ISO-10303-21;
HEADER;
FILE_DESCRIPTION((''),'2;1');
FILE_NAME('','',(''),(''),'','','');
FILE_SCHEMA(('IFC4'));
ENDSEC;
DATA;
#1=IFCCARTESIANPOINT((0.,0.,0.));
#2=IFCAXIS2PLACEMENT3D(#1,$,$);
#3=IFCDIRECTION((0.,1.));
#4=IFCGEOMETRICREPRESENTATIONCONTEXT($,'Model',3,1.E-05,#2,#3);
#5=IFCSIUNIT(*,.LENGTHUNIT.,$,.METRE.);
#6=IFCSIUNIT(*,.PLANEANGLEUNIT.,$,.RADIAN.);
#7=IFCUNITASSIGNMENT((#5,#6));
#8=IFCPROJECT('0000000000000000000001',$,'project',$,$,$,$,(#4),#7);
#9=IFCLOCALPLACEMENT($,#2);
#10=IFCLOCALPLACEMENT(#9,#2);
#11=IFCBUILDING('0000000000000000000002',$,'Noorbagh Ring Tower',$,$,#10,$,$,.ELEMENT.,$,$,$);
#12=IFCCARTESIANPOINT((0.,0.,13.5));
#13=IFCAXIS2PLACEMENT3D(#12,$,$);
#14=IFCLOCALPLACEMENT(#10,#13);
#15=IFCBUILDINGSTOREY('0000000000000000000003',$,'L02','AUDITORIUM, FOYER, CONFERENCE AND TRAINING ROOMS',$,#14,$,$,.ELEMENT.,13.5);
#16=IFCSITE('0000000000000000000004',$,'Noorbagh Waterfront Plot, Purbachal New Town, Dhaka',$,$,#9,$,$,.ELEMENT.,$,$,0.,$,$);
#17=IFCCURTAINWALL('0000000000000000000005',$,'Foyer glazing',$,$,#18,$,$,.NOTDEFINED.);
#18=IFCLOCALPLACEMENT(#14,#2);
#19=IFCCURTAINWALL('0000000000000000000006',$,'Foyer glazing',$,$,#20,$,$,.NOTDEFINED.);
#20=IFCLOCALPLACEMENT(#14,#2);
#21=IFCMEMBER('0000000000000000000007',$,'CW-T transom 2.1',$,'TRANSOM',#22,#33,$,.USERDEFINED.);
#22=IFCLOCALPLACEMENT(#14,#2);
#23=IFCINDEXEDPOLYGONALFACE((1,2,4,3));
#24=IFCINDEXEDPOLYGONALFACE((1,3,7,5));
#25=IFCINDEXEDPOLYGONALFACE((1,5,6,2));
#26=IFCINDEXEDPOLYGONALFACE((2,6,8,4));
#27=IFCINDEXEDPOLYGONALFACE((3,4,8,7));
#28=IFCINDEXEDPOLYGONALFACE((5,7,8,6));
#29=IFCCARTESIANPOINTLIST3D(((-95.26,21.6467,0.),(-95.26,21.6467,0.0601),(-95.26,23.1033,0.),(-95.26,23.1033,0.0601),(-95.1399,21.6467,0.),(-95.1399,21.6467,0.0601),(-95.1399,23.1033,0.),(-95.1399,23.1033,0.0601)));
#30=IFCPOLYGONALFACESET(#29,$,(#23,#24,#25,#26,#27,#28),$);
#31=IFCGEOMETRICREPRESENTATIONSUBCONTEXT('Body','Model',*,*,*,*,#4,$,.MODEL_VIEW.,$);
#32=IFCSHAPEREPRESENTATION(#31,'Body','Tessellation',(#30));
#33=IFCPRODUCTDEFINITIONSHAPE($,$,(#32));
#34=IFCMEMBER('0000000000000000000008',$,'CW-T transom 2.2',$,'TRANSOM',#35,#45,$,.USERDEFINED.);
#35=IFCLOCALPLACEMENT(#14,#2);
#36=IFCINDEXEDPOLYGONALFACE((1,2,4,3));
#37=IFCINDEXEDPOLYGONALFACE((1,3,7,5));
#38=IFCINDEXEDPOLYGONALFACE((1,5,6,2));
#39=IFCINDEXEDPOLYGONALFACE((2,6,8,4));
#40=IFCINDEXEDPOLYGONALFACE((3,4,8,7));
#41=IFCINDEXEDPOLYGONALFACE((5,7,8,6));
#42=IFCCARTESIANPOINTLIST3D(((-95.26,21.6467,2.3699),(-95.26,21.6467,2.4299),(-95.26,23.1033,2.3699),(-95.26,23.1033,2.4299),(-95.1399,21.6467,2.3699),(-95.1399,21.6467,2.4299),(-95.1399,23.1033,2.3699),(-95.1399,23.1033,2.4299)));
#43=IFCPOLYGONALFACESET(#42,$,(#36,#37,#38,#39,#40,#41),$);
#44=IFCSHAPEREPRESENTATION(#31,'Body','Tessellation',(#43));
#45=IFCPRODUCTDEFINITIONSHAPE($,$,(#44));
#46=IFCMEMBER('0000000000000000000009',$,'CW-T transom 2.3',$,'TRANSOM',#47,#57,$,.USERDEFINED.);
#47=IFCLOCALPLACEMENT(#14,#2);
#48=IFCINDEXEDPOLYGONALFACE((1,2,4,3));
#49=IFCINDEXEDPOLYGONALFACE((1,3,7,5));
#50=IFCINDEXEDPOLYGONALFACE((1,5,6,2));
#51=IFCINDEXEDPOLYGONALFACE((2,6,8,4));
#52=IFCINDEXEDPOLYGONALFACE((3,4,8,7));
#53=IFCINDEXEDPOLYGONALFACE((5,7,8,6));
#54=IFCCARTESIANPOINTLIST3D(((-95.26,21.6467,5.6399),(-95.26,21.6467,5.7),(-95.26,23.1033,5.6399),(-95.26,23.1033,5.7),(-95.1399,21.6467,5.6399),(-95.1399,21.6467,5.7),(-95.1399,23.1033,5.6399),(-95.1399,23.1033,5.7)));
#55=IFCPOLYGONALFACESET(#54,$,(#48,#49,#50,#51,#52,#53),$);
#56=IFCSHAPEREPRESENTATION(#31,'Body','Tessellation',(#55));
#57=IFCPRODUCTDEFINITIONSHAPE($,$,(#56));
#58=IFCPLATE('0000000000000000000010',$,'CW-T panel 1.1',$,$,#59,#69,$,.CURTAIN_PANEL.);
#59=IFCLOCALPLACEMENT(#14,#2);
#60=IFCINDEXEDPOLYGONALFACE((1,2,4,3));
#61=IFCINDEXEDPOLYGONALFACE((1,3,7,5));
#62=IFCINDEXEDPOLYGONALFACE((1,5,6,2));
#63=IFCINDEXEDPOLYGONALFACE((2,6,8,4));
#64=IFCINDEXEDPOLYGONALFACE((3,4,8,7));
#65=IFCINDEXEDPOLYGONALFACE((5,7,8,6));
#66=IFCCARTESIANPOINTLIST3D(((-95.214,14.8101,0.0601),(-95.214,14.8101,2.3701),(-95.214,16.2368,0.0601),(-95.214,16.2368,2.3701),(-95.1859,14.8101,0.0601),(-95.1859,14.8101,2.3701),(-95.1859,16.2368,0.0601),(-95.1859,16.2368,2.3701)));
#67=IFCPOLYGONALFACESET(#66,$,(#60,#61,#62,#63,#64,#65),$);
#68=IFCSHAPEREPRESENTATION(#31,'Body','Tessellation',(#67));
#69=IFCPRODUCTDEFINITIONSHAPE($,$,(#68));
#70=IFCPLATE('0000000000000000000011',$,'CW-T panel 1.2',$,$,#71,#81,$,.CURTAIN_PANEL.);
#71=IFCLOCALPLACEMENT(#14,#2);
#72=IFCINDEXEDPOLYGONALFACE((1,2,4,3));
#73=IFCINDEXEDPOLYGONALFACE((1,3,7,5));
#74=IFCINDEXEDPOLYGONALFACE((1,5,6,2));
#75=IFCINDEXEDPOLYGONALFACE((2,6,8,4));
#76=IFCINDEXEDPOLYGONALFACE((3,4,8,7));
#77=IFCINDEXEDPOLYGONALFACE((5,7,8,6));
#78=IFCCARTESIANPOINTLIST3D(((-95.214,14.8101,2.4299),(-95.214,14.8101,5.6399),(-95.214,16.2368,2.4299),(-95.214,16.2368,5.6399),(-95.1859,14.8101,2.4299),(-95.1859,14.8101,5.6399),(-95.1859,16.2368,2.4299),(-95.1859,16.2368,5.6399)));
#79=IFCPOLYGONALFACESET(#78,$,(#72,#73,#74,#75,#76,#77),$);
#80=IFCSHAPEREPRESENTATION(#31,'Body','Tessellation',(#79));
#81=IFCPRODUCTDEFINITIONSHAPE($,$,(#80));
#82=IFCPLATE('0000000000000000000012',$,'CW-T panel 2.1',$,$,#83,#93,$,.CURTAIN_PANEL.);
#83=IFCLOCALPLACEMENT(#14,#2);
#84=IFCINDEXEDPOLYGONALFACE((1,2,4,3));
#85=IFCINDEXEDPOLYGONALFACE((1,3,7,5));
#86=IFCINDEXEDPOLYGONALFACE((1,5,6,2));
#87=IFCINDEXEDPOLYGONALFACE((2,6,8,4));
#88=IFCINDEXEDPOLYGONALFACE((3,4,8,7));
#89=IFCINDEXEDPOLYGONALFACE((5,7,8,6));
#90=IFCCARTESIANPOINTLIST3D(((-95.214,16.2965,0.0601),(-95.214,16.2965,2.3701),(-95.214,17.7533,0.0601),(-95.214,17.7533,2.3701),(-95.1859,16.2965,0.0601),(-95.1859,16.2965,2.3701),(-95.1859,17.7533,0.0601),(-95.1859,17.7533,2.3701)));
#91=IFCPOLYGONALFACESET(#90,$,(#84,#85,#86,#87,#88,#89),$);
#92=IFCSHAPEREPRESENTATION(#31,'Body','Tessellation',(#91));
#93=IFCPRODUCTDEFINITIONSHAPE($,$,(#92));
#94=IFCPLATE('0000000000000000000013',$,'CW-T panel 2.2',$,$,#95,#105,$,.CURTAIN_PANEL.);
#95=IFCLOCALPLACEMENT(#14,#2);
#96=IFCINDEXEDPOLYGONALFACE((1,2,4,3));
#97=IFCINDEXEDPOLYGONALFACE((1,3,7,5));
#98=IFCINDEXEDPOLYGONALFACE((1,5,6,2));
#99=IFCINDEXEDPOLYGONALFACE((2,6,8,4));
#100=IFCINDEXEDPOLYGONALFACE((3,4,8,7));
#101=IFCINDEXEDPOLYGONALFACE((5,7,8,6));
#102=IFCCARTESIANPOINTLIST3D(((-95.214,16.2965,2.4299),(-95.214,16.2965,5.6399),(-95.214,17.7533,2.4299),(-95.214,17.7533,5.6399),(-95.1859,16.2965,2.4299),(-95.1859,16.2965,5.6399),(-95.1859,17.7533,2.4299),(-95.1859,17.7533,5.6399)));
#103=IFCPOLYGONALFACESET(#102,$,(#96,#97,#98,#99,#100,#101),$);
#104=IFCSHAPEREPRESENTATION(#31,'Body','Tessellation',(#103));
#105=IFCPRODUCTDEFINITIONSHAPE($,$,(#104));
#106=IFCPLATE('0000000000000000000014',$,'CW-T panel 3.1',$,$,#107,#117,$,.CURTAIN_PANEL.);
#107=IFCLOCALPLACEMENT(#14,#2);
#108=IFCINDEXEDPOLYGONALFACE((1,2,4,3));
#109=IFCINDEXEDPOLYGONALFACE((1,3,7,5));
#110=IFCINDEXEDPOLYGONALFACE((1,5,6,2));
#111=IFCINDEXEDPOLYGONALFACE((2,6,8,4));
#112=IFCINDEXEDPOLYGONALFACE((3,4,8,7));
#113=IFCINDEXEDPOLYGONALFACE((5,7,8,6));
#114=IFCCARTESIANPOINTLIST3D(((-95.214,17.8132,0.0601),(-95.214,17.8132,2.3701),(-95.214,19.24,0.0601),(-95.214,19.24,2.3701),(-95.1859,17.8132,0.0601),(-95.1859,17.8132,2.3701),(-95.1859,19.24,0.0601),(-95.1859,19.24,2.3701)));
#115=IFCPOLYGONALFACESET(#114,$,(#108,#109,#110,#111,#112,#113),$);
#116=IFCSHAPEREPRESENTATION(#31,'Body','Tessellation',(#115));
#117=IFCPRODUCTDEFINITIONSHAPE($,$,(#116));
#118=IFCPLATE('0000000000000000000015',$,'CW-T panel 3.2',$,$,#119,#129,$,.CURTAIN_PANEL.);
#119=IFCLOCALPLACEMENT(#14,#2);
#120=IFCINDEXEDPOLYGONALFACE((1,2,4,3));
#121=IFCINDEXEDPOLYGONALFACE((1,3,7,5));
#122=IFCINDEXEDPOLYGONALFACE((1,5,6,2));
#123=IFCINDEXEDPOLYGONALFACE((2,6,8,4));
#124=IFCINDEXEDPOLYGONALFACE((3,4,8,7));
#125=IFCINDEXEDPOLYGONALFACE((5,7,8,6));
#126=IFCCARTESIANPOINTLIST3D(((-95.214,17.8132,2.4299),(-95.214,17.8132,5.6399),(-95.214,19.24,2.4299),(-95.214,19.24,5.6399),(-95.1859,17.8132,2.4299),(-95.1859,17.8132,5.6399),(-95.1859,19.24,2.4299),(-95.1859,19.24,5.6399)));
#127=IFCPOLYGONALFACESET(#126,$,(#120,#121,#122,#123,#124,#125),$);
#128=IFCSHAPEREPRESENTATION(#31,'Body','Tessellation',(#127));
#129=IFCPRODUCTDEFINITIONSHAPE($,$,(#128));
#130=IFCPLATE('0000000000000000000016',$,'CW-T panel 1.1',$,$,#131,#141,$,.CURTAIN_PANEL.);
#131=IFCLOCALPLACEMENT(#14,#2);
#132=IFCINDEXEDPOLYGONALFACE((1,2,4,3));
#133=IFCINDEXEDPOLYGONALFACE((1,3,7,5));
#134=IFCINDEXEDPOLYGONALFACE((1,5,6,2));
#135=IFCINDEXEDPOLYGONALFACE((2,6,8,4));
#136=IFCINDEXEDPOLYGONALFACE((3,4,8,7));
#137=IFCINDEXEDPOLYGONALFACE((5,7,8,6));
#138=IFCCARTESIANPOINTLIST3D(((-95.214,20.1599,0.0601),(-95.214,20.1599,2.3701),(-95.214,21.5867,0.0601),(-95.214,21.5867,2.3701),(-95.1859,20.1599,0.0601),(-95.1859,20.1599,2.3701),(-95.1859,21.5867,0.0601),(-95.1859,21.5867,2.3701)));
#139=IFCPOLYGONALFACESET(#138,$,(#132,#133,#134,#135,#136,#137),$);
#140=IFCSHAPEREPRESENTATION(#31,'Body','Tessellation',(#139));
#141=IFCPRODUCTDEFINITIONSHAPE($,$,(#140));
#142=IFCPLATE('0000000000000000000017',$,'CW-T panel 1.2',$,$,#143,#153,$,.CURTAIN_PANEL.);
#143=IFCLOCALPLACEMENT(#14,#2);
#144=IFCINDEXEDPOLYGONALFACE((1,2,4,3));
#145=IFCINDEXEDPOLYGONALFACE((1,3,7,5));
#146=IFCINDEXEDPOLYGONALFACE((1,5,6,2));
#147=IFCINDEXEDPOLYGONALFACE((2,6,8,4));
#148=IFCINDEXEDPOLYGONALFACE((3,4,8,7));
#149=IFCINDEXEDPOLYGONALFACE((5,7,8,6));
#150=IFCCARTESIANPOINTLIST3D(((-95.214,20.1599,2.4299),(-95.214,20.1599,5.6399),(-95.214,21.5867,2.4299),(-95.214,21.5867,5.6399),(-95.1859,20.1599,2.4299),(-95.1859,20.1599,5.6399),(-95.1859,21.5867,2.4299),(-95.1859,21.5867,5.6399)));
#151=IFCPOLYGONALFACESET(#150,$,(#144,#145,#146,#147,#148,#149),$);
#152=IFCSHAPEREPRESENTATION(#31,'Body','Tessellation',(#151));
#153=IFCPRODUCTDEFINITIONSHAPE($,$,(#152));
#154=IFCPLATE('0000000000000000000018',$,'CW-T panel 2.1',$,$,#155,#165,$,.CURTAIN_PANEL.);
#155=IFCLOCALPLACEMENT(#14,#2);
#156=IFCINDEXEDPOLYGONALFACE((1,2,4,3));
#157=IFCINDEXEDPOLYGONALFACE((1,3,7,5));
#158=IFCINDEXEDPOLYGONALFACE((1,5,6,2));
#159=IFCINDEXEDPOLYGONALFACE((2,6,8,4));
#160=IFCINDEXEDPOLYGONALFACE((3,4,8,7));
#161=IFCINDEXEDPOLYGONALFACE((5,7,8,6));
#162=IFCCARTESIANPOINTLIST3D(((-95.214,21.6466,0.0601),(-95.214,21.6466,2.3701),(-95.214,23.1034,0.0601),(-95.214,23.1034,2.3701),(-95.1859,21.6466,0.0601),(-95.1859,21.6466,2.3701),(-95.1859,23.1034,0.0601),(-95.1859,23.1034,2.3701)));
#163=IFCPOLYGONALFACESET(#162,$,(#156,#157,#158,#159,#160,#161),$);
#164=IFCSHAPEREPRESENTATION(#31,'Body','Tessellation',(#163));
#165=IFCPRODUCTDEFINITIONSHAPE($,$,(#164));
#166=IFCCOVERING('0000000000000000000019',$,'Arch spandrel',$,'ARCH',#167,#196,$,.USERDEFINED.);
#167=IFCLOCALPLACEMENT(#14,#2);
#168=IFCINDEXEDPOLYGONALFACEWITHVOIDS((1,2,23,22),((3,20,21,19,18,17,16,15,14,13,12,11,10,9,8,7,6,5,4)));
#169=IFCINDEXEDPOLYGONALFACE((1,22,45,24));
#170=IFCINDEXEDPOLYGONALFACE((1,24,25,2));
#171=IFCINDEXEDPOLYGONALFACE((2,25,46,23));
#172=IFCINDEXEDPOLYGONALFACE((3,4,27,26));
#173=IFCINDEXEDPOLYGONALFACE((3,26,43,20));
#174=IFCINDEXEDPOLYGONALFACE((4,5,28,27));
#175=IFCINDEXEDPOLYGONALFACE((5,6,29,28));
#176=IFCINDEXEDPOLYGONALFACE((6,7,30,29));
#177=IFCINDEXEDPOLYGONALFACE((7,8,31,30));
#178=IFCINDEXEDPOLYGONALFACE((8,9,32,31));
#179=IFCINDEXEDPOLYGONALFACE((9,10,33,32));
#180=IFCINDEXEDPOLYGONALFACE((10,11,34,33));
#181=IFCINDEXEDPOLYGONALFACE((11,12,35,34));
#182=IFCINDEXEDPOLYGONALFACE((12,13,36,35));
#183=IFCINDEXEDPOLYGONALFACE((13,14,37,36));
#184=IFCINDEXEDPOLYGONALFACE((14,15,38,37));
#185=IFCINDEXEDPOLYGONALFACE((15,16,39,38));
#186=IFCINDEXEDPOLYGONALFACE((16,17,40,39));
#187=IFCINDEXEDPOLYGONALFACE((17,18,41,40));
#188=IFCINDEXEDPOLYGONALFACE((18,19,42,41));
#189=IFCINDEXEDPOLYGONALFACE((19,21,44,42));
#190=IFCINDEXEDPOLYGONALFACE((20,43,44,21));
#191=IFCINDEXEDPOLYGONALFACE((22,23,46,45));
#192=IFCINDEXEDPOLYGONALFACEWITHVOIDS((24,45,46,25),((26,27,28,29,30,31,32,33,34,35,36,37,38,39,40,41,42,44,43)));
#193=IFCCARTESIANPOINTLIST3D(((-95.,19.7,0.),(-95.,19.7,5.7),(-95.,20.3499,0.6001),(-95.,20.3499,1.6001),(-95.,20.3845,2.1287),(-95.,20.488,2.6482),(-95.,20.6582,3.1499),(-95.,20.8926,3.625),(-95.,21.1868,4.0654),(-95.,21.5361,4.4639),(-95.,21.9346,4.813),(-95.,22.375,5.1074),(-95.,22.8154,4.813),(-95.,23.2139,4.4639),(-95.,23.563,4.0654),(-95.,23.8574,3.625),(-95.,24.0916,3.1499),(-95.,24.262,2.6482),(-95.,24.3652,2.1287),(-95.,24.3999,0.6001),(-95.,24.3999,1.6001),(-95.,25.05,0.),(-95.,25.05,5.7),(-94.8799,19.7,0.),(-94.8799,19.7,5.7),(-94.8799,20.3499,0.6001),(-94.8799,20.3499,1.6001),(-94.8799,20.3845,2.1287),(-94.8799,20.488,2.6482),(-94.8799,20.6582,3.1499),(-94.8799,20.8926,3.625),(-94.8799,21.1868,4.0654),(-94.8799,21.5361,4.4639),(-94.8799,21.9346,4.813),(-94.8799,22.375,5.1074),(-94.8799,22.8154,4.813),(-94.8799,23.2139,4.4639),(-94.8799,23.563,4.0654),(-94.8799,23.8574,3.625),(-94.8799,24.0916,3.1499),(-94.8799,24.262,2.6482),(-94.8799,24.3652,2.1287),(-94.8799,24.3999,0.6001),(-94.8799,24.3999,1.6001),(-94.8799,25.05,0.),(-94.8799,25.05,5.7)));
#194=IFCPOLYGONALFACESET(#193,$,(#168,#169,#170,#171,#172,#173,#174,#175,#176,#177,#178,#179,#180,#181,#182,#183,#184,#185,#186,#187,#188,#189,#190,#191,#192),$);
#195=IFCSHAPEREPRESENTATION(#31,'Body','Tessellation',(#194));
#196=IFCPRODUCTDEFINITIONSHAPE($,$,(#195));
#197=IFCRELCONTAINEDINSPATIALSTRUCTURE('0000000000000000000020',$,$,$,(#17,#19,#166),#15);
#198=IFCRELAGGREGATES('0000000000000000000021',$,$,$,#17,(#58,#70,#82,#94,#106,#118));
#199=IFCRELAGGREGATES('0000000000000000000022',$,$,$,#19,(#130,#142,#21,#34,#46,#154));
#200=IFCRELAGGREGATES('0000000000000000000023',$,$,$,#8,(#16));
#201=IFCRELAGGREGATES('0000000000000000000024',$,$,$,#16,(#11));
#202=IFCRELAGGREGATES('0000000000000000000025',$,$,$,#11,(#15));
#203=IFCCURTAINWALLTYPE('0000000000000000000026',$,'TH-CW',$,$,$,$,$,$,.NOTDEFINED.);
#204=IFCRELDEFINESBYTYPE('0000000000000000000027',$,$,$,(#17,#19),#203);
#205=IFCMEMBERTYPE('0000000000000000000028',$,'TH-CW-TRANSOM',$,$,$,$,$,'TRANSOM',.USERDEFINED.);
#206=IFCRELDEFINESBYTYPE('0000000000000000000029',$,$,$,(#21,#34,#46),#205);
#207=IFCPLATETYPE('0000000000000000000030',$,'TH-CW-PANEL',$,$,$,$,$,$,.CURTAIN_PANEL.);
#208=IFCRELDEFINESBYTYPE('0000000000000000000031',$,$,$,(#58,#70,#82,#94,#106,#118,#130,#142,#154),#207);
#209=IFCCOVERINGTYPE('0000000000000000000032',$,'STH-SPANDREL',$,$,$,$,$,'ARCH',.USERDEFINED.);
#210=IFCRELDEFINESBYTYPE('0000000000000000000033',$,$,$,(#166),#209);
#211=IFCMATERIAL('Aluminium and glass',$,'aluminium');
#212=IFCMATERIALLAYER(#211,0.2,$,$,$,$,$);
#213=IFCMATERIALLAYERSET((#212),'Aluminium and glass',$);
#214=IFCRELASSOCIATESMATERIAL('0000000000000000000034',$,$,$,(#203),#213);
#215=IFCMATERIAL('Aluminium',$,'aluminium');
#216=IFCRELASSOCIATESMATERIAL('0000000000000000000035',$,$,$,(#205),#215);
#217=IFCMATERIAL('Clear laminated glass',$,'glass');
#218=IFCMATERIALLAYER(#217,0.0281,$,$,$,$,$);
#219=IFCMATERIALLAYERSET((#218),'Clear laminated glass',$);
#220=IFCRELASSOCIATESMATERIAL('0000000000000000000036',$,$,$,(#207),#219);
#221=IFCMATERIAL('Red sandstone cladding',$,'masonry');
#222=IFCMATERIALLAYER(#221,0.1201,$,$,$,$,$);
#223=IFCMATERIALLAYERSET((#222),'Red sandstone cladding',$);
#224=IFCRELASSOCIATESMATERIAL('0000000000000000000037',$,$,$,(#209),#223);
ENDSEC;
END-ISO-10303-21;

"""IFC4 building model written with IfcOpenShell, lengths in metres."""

from ifc_helpers import new_model, si_unit, direction, frame, origin, origin_2d, place, context, subcontext, project, spatial, polyline, rectangle, outline, extrude, material, layer, layer_set, material_profile, profile_set, type_object, element, aggregate, save


model = new_model("IFC4")

# Units and contexts
model_context = context("Model", 3, precision=1e-05, world=origin(), true_north=direction((0.0, 1.0)))
body_context = subcontext(model_context, "Body", "Model", "MODEL_VIEW")
ifc_project = project(units=[si_unit("LENGTHUNIT", "METRE"), si_unit("PLANEANGLEUNIT", "RADIAN")], contexts=[model_context])

# Site, building, storey
site_placement = place(None, origin())
site = spatial("IfcSite", under=ifc_project, at=site_placement, Name="Noorbagh Waterfront Plot, Purbachal New Town, Dhaka", CompositionType="ELEMENT", RefElevation=0.0)
building_placement = place(site_placement, origin())
building = spatial("IfcBuilding", under=site, at=building_placement, Name="Noorbagh Ring Tower", CompositionType="ELEMENT")
storey_placement = place(building_placement, frame((0.0, 0.0, 13.5)))
storey = spatial("IfcBuildingStorey", under=building, at=storey_placement, Name="L02", Description="AUDITORIUM, FOYER, CONFERENCE AND TRAINING ROOMS", CompositionType="ELEMENT", Elevation=13.5)

# Curtain walls
ifc_material_1 = material(Name="Aluminium and glass", Category="aluminium")
ifc_layer_1 = layer(ifc_material_1, 0.2)
ifc_layer_set_1 = layer_set([ifc_layer_1], Name="Aluminium and glass")
curtain_wall_type = type_object("IfcCurtainWallType", Name="TH-CW", PredefinedType="NOTDEFINED", material=ifc_layer_set_1)
curtain_wall_1_placement = place(storey_placement, origin())
curtain_wall_1 = element("IfcCurtainWall", 1, at=curtain_wall_1_placement, inside=storey, type_object=curtain_wall_type, Name="Foyer glazing", PredefinedType="NOTDEFINED")
curtain_wall_2_placement = place(storey_placement, origin())
curtain_wall_2 = element("IfcCurtainWall", 2, at=curtain_wall_2_placement, inside=storey, type_object=curtain_wall_type, Name="Foyer glazing", PredefinedType="NOTDEFINED")

# Members
ifc_material_2 = material(Name="Aluminium", Category="aluminium")
ifc_material_profile_1 = material_profile(ifc_material_2, rectangle(XDim=0.1201, YDim=0.0601, at=origin_2d()), Name="AL 120x60")
ifc_profile_set_1 = profile_set([ifc_material_profile_1], Name="Aluminium")
member_type_1 = type_object("IfcMemberType", Name="TH-CW-TRANSOM", ElementType="TRANSOM", PredefinedType="USERDEFINED", material=ifc_profile_set_1)
member_1_placement = place(storey_placement, frame((-95.2, 21.6467, 0.03), z_axis=(0.0, 1.0, 0.0), x_axis=(-1.0, 0.0, 0.0)))
member_1 = element("IfcMember", 3, at=member_1_placement, type_object=member_type_1, Name="CW-T transom 2.1", ObjectType="TRANSOM", PredefinedType="USERDEFINED", context=body_context, shape_type="SweptSolid", body=[
    extrude(rectangle(XDim=0.1201, YDim=0.0601, at=origin_2d()), origin(), (0.0, 0.0, 1.0), 1.4565),
])
member_2_placement = place(storey_placement, frame((-95.2, 21.6467, 2.3999), z_axis=(0.0, 1.0, 0.0), x_axis=(-1.0, 0.0, 0.0)))
member_2 = element("IfcMember", 4, at=member_2_placement, type_object=member_type_1, Name="CW-T transom 2.2", ObjectType="TRANSOM", PredefinedType="USERDEFINED", context=body_context, shape_type="SweptSolid", body=[
    extrude(rectangle(XDim=0.1201, YDim=0.0601, at=origin_2d()), origin(), (0.0, 0.0, 1.0), 1.4565),
])
member_3_placement = place(storey_placement, frame((-95.2, 21.6467, 5.6699), z_axis=(0.0, 1.0, 0.0), x_axis=(-1.0, 0.0, 0.0)))
member_3 = element("IfcMember", 5, at=member_3_placement, type_object=member_type_1, Name="CW-T transom 2.3", ObjectType="TRANSOM", PredefinedType="USERDEFINED", context=body_context, shape_type="SweptSolid", body=[
    extrude(rectangle(XDim=0.1201, YDim=0.0601, at=origin_2d()), origin(), (0.0, 0.0, 1.0), 1.4565),
])

# Plates
ifc_material_3 = material(Name="Clear laminated glass", Category="glass")
ifc_layer_2 = layer(ifc_material_3, 0.0281)
ifc_layer_set_2 = layer_set([ifc_layer_2], Name="Clear laminated glass")
plate_type = type_object("IfcPlateType", Name="TH-CW-PANEL", PredefinedType="CURTAIN_PANEL", material=ifc_layer_set_2)
plate_1_placement = place(storey_placement, frame((-95.2, 15.5234, 0.0601), z_axis=(0.0, 0.0, 1.0), x_axis=(0.0, 1.0, 0.0)))
plate_1 = element("IfcPlate", 6, at=plate_1_placement, type_object=plate_type, Name="CW-T panel 1.1", PredefinedType="CURTAIN_PANEL", context=body_context, shape_type="SweptSolid", body=[
    extrude(rectangle(XDim=1.4268, YDim=0.0281, at=origin_2d()), origin(), (0.0, 0.0, 1.0), 2.3101),
])
plate_2_placement = place(storey_placement, frame((-95.2, 15.5234, 2.4299), z_axis=(0.0, 0.0, 1.0), x_axis=(0.0, 1.0, 0.0)))
plate_2 = element("IfcPlate", 7, at=plate_2_placement, type_object=plate_type, Name="CW-T panel 1.2", PredefinedType="CURTAIN_PANEL", context=body_context, shape_type="SweptSolid", body=[
    extrude(rectangle(XDim=1.4268, YDim=0.0281, at=origin_2d()), origin(), (0.0, 0.0, 1.0), 3.21),
])
plate_3_placement = place(storey_placement, frame((-95.2, 17.0249, 0.0601), z_axis=(0.0, 0.0, 1.0), x_axis=(0.0, 1.0, 0.0)))
plate_3 = element("IfcPlate", 8, at=plate_3_placement, type_object=plate_type, Name="CW-T panel 2.1", PredefinedType="CURTAIN_PANEL", context=body_context, shape_type="SweptSolid", body=[
    extrude(rectangle(XDim=1.4568, YDim=0.0281, at=origin_2d()), origin(), (0.0, 0.0, 1.0), 2.3101),
])
plate_4_placement = place(storey_placement, frame((-95.2, 17.0249, 2.4299), z_axis=(0.0, 0.0, 1.0), x_axis=(0.0, 1.0, 0.0)))
plate_4 = element("IfcPlate", 9, at=plate_4_placement, type_object=plate_type, Name="CW-T panel 2.2", PredefinedType="CURTAIN_PANEL", context=body_context, shape_type="SweptSolid", body=[
    extrude(rectangle(XDim=1.4568, YDim=0.0281, at=origin_2d()), origin(), (0.0, 0.0, 1.0), 3.21),
])
plate_5_placement = place(storey_placement, frame((-95.2, 18.5266, 0.0601), z_axis=(0.0, 0.0, 1.0), x_axis=(0.0, 1.0, 0.0)))
plate_5 = element("IfcPlate", 10, at=plate_5_placement, type_object=plate_type, Name="CW-T panel 3.1", PredefinedType="CURTAIN_PANEL", context=body_context, shape_type="SweptSolid", body=[
    extrude(rectangle(XDim=1.4268, YDim=0.0281, at=origin_2d()), origin(), (0.0, 0.0, 1.0), 2.3101),
])
plate_6_placement = place(storey_placement, frame((-95.2, 18.5266, 2.4299), z_axis=(0.0, 0.0, 1.0), x_axis=(0.0, 1.0, 0.0)))
plate_6 = element("IfcPlate", 11, at=plate_6_placement, type_object=plate_type, Name="CW-T panel 3.2", PredefinedType="CURTAIN_PANEL", context=body_context, shape_type="SweptSolid", body=[
    extrude(rectangle(XDim=1.4268, YDim=0.0281, at=origin_2d()), origin(), (0.0, 0.0, 1.0), 3.21),
])
aggregate(curtain_wall_1, [plate_1, plate_2, plate_3, plate_4, plate_5, plate_6])
plate_7_placement = place(storey_placement, frame((-95.2, 20.8733, 0.0601), z_axis=(0.0, 0.0, 1.0), x_axis=(0.0, 1.0, 0.0)))
plate_7 = element("IfcPlate", 12, at=plate_7_placement, type_object=plate_type, Name="CW-T panel 1.1", PredefinedType="CURTAIN_PANEL", context=body_context, shape_type="SweptSolid", body=[
    extrude(rectangle(XDim=1.4268, YDim=0.0281, at=origin_2d()), origin(), (0.0, 0.0, 1.0), 2.3101),
])
plate_8_placement = place(storey_placement, frame((-95.2, 20.8733, 2.4299), z_axis=(0.0, 0.0, 1.0), x_axis=(0.0, 1.0, 0.0)))
plate_8 = element("IfcPlate", 13, at=plate_8_placement, type_object=plate_type, Name="CW-T panel 1.2", PredefinedType="CURTAIN_PANEL", context=body_context, shape_type="SweptSolid", body=[
    extrude(rectangle(XDim=1.4268, YDim=0.0281, at=origin_2d()), origin(), (0.0, 0.0, 1.0), 3.21),
])
plate_9_placement = place(storey_placement, frame((-95.2, 22.375, 0.0601), z_axis=(0.0, 0.0, 1.0), x_axis=(0.0, 1.0, 0.0)))
plate_9 = element("IfcPlate", 14, at=plate_9_placement, type_object=plate_type, Name="CW-T panel 2.1", PredefinedType="CURTAIN_PANEL", context=body_context, shape_type="SweptSolid", body=[
    extrude(rectangle(XDim=1.4568, YDim=0.0281, at=origin_2d()), origin(), (0.0, 0.0, 1.0), 2.3101),
])
aggregate(curtain_wall_2, [plate_7, plate_8, member_1, member_2, member_3, plate_9])

# Covering
ifc_material_4 = material(Name="Red sandstone cladding", Category="masonry")
ifc_layer_3 = layer(ifc_material_4, 0.1201)
ifc_layer_set_3 = layer_set([ifc_layer_3], Name="Red sandstone cladding")
covering_type_1 = type_object("IfcCoveringType", Name="STH-SPANDREL", ElementType="ARCH", PredefinedType="USERDEFINED", material=ifc_layer_set_3)
covering_1_placement = place(storey_placement, frame((-94.8799, 19.7, 0.0), z_axis=(1.0, 0.0, 0.0), x_axis=(0.0, 1.0, 0.0)))
element("IfcCovering", 15, at=covering_1_placement, inside=storey, type_object=covering_type_1, Name="Arch spandrel", ObjectType="ARCH", PredefinedType="USERDEFINED", context=body_context, shape_type="SweptSolid", body=[
    extrude(outline(polyline([(0.0, 0.0), (5.3501, 0.0), (5.3501, 5.7), (0.0, 5.7), (0.0, 0.0)]), holes=[polyline([(0.6499, 0.6001), (0.6499, 1.6001), (0.6846, 2.1287), (0.7881, 2.6482), (0.9583, 3.1499), (1.1926, 3.625), (1.4868, 4.0654), (1.8362, 4.4639), (2.2346, 4.813), (2.675, 5.1074), (3.1155, 4.813), (3.5139, 4.4639), (3.863, 4.0654), (4.1575, 3.625), (4.3916, 3.1499), (4.562, 2.6482), (4.6653, 2.1287), (4.7, 1.6001), (4.7, 0.6001), (0.6499, 0.6001)])]), origin(), (0.0, 0.0, -1.0), 0.1201),
])

save(model, "model.ifc")
